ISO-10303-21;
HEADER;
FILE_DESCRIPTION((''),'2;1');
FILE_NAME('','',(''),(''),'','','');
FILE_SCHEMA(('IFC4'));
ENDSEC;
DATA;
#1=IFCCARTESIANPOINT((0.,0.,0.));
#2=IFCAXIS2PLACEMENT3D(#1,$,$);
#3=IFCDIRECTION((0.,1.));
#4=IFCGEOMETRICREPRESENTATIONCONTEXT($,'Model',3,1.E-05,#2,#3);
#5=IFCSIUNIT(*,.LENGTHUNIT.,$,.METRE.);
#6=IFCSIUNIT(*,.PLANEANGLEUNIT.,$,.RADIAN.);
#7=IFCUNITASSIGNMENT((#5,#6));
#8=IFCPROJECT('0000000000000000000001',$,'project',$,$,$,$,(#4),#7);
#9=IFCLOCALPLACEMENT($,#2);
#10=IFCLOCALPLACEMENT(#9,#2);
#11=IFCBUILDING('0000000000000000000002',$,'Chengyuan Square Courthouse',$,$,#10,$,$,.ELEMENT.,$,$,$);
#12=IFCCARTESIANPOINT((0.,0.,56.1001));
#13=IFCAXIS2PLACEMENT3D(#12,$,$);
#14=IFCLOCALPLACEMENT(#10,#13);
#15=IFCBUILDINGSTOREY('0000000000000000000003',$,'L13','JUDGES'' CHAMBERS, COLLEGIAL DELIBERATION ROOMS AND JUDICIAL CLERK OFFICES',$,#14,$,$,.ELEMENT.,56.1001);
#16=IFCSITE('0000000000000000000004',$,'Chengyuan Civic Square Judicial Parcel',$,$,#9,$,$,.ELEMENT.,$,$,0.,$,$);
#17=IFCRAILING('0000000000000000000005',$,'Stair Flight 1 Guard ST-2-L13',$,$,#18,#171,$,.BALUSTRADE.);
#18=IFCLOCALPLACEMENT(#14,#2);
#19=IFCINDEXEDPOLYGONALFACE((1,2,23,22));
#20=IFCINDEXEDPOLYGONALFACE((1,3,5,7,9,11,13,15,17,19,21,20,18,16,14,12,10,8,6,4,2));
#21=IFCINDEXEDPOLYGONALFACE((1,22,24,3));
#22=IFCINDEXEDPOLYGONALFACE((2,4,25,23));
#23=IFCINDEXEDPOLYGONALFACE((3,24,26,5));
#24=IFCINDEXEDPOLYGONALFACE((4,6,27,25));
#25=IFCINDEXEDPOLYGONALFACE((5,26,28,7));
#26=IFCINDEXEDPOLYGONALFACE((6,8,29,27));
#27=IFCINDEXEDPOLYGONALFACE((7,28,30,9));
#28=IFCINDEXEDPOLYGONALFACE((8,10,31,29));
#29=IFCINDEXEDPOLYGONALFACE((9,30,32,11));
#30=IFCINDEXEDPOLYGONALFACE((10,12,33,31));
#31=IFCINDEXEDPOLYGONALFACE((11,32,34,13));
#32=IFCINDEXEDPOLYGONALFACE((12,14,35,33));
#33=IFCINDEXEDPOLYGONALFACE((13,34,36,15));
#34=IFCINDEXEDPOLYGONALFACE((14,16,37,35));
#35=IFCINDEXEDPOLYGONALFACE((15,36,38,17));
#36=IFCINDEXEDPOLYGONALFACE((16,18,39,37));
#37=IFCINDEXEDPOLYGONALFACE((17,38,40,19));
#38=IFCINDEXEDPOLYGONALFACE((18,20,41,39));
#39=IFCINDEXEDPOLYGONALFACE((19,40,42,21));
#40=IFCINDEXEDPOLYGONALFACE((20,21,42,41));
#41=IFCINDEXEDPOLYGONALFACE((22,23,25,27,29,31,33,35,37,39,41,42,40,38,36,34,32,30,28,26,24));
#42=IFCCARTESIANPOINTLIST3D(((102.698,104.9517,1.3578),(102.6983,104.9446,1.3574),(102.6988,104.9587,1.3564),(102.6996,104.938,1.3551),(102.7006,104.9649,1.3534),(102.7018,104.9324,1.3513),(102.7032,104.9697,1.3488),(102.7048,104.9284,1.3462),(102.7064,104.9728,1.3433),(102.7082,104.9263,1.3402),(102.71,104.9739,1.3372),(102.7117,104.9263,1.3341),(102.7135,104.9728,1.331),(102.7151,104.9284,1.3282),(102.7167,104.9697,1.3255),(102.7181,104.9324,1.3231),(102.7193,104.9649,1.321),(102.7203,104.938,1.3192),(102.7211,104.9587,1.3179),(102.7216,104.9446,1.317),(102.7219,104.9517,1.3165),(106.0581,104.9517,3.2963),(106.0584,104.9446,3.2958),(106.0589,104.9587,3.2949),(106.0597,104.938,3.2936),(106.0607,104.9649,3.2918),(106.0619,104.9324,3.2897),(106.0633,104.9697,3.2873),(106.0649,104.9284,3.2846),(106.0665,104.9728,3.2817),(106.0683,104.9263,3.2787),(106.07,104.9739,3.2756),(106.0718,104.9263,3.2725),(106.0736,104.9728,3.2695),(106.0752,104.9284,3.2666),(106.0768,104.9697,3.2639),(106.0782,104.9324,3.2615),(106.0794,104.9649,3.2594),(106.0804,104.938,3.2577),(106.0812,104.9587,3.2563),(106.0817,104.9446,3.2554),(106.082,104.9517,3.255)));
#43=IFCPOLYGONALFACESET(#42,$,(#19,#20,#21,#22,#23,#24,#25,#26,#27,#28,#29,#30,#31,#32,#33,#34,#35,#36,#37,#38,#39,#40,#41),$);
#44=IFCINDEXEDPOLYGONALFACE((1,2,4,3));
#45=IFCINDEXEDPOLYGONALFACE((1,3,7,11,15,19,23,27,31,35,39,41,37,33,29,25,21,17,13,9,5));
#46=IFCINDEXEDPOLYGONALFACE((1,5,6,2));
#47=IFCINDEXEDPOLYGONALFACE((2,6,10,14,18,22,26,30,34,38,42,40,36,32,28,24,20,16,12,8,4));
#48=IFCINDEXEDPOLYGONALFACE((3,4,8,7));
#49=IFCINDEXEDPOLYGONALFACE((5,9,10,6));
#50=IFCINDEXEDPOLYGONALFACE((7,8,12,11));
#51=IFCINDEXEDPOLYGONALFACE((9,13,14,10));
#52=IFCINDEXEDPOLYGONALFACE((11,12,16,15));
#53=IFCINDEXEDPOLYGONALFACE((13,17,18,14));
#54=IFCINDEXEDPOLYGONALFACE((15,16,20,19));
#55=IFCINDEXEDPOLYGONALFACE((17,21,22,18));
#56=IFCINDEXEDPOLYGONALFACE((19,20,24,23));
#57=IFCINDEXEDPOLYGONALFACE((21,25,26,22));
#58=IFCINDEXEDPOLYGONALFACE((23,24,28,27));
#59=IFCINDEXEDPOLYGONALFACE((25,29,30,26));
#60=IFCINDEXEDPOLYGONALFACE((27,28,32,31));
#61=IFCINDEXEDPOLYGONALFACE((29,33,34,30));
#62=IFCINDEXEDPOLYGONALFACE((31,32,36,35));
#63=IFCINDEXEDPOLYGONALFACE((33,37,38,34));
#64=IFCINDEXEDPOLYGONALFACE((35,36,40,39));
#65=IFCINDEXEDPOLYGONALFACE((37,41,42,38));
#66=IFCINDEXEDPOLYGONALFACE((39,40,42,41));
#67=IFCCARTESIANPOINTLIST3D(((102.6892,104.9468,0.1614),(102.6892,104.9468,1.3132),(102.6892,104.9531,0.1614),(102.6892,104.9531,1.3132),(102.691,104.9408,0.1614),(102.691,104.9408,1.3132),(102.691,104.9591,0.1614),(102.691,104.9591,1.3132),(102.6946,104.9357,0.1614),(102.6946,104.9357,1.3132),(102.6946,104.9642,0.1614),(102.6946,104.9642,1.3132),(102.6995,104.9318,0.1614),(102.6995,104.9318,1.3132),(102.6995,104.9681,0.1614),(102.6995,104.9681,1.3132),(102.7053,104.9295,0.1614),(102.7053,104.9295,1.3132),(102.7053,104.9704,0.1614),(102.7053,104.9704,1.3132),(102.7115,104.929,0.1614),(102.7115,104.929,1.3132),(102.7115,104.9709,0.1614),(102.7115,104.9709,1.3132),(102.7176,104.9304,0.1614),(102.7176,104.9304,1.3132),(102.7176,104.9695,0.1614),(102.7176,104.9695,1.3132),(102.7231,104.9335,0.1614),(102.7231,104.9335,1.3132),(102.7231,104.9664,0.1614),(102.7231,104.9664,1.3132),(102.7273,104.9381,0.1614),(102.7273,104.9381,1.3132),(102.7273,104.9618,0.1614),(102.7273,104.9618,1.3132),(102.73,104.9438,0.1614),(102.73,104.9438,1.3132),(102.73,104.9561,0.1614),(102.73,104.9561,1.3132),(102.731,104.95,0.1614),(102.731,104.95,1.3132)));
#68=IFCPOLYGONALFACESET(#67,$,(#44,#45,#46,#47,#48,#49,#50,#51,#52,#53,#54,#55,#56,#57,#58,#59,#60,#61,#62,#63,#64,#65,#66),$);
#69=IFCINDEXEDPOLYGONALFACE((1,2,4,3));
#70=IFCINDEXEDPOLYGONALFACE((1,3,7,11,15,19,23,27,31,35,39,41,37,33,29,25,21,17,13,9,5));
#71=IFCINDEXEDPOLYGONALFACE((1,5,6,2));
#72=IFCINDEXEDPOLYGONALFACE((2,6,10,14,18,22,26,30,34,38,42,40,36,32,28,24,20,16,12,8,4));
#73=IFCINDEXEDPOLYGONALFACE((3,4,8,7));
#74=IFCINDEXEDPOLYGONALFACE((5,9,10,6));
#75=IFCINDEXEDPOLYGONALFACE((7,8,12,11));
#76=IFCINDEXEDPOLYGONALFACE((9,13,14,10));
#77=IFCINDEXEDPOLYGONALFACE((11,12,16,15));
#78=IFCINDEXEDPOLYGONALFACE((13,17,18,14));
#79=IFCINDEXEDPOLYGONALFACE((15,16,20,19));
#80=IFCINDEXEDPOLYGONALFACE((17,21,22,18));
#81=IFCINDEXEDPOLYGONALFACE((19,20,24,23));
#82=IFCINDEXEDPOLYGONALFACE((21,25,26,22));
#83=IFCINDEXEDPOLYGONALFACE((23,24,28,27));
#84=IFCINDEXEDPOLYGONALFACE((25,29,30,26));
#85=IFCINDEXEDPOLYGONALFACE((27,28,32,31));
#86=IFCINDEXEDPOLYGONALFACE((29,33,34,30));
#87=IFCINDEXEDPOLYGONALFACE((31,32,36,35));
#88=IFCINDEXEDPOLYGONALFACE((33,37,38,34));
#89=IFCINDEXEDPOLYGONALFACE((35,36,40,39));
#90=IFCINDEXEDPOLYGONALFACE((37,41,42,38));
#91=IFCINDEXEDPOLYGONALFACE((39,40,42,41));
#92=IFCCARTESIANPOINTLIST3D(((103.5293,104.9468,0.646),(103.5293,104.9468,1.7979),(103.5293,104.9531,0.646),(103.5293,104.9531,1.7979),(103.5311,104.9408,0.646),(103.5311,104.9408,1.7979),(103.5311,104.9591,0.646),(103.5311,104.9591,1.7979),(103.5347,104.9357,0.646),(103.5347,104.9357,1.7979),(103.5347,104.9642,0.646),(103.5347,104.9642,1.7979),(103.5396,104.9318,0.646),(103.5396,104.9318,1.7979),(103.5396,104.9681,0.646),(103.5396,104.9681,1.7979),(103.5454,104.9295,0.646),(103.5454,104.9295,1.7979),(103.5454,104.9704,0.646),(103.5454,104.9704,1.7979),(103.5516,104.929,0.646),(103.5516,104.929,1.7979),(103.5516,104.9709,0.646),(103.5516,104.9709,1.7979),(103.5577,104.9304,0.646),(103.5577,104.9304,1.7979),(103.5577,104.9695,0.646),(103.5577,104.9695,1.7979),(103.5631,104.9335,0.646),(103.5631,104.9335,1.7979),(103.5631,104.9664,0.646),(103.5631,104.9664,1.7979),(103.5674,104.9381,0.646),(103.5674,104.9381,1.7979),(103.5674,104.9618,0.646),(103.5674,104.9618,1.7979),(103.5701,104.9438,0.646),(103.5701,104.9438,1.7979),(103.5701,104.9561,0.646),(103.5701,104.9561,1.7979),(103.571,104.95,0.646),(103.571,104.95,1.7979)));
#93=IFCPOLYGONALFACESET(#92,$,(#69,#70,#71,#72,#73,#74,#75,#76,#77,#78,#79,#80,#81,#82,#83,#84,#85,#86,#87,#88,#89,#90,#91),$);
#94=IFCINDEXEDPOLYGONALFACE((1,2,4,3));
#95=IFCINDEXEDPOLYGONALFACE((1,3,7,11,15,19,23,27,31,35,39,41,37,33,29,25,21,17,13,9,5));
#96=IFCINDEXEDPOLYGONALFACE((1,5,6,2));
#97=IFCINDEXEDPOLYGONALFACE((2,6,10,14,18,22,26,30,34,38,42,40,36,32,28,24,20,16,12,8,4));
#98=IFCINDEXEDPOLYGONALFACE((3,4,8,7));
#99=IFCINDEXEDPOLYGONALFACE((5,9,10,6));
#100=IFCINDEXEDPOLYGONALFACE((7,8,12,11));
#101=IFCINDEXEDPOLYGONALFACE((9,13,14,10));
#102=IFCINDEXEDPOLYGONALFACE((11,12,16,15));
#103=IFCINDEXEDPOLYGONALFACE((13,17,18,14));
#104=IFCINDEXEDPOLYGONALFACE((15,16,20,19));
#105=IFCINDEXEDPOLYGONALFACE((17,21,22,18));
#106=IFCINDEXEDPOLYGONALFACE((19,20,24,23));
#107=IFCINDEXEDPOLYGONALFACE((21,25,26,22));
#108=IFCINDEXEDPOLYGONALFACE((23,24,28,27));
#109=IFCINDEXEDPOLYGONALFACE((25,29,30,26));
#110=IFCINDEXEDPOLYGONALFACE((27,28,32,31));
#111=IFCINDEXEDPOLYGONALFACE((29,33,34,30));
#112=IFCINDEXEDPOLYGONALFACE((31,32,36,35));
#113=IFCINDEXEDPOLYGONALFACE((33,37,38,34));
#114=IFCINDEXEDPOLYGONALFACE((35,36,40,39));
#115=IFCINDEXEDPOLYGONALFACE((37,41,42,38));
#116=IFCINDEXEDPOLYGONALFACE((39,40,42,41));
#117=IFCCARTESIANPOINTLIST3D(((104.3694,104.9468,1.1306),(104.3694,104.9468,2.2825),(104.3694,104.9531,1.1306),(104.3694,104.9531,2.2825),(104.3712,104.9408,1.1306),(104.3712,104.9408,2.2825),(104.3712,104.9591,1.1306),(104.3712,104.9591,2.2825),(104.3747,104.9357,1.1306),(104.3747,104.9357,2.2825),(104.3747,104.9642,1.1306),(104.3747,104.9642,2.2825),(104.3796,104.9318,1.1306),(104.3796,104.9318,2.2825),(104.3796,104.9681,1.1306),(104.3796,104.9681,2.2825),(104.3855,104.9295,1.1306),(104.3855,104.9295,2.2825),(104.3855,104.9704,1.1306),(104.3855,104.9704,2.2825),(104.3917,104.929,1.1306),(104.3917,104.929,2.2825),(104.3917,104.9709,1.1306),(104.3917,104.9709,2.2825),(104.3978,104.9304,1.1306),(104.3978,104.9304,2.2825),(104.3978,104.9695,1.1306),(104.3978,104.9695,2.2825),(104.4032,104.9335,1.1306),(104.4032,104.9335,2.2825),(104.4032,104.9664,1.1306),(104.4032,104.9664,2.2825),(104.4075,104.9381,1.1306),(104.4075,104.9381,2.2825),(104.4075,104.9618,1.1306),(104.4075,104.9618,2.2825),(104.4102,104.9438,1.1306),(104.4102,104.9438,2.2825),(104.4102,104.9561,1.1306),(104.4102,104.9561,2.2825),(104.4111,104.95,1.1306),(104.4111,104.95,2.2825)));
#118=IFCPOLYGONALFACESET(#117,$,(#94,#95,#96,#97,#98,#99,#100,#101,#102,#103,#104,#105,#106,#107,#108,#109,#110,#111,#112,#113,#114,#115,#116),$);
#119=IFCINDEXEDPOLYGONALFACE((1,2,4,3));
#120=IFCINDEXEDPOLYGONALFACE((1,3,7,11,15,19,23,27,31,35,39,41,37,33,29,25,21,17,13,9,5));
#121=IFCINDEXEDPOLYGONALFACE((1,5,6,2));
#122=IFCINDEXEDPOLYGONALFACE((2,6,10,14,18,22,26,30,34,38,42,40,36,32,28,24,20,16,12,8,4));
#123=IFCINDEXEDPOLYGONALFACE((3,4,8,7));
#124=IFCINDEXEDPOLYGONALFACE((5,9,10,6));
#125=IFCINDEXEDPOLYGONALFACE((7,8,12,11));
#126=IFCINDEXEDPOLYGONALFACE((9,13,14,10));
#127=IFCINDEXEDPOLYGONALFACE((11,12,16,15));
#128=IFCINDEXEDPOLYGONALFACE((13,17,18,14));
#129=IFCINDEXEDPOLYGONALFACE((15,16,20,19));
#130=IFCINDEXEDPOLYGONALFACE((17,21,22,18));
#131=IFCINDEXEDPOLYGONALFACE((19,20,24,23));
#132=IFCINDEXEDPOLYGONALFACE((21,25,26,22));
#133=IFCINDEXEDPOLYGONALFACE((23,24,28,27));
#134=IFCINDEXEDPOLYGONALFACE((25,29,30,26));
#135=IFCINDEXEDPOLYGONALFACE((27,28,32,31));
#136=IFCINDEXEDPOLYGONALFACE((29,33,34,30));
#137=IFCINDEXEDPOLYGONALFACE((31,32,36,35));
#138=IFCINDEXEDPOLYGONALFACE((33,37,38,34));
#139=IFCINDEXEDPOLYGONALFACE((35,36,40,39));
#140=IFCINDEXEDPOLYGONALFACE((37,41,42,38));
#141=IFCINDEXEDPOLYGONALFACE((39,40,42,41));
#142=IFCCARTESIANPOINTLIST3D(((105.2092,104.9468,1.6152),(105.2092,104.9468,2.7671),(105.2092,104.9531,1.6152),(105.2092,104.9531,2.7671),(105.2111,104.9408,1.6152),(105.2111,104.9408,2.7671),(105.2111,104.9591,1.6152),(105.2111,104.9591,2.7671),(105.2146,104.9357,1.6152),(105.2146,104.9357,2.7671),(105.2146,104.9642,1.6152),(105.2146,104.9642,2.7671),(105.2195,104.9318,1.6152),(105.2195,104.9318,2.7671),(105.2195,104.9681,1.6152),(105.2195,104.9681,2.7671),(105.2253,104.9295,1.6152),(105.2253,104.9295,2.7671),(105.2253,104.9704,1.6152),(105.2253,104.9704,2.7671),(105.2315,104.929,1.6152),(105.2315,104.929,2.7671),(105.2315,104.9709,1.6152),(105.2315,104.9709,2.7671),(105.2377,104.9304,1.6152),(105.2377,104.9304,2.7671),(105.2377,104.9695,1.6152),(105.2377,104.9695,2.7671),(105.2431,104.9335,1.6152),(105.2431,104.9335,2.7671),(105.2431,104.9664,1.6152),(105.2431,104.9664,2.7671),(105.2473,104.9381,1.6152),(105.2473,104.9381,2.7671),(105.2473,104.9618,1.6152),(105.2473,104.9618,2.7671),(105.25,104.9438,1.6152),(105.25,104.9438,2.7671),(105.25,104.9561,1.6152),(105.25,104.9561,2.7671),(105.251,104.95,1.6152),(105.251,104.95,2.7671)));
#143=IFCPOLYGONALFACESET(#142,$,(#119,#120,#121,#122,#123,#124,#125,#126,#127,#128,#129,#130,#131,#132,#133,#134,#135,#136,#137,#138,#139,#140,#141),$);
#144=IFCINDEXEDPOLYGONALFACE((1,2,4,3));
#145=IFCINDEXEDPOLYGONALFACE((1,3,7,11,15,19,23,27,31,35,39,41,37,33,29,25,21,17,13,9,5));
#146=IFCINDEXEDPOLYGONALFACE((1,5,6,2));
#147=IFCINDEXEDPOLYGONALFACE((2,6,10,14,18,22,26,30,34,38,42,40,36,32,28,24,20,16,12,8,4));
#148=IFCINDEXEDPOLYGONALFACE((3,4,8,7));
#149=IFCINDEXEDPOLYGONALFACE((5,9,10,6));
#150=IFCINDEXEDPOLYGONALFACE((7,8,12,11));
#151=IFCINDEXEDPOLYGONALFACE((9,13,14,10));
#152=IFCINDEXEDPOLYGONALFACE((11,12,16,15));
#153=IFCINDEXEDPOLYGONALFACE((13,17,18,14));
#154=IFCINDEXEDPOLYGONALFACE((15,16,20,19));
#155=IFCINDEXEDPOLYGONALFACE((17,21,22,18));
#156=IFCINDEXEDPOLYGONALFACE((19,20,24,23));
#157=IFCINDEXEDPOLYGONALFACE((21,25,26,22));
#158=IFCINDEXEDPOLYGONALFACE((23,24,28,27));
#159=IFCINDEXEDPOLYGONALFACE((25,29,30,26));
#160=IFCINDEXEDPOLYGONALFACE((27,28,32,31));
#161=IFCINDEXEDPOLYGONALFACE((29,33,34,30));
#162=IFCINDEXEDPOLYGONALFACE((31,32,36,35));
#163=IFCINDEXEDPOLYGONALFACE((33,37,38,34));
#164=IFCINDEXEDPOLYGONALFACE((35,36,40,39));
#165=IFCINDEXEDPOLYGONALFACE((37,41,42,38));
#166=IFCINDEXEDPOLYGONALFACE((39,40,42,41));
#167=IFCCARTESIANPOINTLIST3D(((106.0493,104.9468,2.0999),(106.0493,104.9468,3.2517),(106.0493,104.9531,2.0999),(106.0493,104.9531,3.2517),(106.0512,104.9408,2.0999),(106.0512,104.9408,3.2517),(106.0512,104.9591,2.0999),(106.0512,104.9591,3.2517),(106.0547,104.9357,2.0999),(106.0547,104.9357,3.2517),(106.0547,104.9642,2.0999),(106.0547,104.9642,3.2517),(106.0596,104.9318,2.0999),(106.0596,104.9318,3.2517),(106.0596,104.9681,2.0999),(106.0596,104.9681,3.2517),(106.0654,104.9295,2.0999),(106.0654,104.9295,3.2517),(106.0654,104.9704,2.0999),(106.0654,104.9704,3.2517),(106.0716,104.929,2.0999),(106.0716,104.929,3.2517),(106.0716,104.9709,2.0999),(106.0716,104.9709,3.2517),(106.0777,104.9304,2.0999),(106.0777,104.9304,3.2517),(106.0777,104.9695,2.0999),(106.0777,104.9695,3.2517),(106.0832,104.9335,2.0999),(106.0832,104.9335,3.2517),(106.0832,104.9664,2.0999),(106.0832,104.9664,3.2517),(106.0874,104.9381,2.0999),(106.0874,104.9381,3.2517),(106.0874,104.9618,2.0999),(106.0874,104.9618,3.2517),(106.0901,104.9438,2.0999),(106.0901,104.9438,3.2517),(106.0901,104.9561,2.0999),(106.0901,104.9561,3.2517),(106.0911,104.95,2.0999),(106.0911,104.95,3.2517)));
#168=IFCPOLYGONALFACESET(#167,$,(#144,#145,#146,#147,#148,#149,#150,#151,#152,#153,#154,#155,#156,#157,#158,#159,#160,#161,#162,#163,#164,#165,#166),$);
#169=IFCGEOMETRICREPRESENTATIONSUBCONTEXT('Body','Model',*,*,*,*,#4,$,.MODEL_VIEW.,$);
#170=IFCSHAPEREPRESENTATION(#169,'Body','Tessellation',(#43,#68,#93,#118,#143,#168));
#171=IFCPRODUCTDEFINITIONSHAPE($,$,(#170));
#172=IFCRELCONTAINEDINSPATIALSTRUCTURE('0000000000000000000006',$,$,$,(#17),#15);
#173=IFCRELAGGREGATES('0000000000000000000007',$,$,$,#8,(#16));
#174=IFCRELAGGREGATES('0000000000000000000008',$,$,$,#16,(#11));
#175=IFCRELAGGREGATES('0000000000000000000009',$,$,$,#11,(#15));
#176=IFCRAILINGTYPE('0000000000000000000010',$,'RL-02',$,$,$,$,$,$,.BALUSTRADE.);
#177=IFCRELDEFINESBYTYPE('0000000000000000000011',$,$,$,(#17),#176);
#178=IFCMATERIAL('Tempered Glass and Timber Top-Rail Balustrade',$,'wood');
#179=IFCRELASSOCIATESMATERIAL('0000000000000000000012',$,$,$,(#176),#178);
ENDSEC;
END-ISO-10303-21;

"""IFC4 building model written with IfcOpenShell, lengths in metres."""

from ifc_helpers import new_model, si_unit, direction, frame, origin, origin_2d, place, context, subcontext, project, spatial, circle, extrude, material, type_object, element, save


model = new_model("IFC4")

# Units and contexts
model_context = context("Model", 3, precision=1e-05, world=origin(), true_north=direction((0.0, 1.0)))
body_context = subcontext(model_context, "Body", "Model", "MODEL_VIEW")
ifc_project = project(units=[si_unit("LENGTHUNIT", "METRE"), si_unit("PLANEANGLEUNIT", "RADIAN")], contexts=[model_context])

# Site, building, storey
site_placement = place(None, origin())
site = spatial("IfcSite", under=ifc_project, at=site_placement, Name="Chengyuan Civic Square Judicial Parcel", CompositionType="ELEMENT", RefElevation=0.0)
building_placement = place(site_placement, origin())
building = spatial("IfcBuilding", under=site, at=building_placement, Name="Chengyuan Square Courthouse", CompositionType="ELEMENT")
storey_placement = place(building_placement, frame((0.0, 0.0, 56.1001)))
storey = spatial("IfcBuildingStorey", under=building, at=storey_placement, Name="L13", Description="JUDGES' CHAMBERS, COLLEGIAL DELIBERATION ROOMS AND JUDICIAL CLERK OFFICES", CompositionType="ELEMENT", Elevation=56.1001)

# Railing
ifc_material_1 = material(Name="Tempered Glass and Timber Top-Rail Balustrade", Category="wood")
railing_type_1 = type_object("IfcRailingType", Name="RL-02", PredefinedType="BALUSTRADE", material=ifc_material_1)
railing_1_placement = place(storey_placement, frame((102.71, 104.95, 0.1614)))
element("IfcRailing", 1, at=railing_1_placement, inside=storey, type_object=railing_type_1, Name="Stair Flight 1 Guard ST-2-L13", PredefinedType="BALUSTRADE", context=body_context, shape_type="SweptSolid", body=[
    extrude(circle(Radius=0.0239, at=origin_2d()), frame((0.0, 0.0, 1.1758), z_axis=(0.866191, 0.0, 0.499713), x_axis=(0.0, 1.0, 0.0)), (0.0, 0.0, 1.0), 3.8792),
    extrude(circle(Radius=0.021, at=origin_2d()), origin(), (0.0, 0.0, 1.0), 1.1519),
    extrude(circle(Radius=0.021, at=origin_2d()), frame((0.8401, 0.0, 0.4846)), (0.0, 0.0, 1.0), 1.1519),
    extrude(circle(Radius=0.021, at=origin_2d()), frame((1.6802, 0.0, 0.9692)), (0.0, 0.0, 1.0), 1.1519),
    extrude(circle(Radius=0.021, at=origin_2d()), frame((2.52, 0.0, 1.4539)), (0.0, 0.0, 1.0), 1.1519),
    extrude(circle(Radius=0.021, at=origin_2d()), frame((3.3601, 0.0, 1.9385)), (0.0, 0.0, 1.0), 1.1519),
])

save(model, "model.ifc")
